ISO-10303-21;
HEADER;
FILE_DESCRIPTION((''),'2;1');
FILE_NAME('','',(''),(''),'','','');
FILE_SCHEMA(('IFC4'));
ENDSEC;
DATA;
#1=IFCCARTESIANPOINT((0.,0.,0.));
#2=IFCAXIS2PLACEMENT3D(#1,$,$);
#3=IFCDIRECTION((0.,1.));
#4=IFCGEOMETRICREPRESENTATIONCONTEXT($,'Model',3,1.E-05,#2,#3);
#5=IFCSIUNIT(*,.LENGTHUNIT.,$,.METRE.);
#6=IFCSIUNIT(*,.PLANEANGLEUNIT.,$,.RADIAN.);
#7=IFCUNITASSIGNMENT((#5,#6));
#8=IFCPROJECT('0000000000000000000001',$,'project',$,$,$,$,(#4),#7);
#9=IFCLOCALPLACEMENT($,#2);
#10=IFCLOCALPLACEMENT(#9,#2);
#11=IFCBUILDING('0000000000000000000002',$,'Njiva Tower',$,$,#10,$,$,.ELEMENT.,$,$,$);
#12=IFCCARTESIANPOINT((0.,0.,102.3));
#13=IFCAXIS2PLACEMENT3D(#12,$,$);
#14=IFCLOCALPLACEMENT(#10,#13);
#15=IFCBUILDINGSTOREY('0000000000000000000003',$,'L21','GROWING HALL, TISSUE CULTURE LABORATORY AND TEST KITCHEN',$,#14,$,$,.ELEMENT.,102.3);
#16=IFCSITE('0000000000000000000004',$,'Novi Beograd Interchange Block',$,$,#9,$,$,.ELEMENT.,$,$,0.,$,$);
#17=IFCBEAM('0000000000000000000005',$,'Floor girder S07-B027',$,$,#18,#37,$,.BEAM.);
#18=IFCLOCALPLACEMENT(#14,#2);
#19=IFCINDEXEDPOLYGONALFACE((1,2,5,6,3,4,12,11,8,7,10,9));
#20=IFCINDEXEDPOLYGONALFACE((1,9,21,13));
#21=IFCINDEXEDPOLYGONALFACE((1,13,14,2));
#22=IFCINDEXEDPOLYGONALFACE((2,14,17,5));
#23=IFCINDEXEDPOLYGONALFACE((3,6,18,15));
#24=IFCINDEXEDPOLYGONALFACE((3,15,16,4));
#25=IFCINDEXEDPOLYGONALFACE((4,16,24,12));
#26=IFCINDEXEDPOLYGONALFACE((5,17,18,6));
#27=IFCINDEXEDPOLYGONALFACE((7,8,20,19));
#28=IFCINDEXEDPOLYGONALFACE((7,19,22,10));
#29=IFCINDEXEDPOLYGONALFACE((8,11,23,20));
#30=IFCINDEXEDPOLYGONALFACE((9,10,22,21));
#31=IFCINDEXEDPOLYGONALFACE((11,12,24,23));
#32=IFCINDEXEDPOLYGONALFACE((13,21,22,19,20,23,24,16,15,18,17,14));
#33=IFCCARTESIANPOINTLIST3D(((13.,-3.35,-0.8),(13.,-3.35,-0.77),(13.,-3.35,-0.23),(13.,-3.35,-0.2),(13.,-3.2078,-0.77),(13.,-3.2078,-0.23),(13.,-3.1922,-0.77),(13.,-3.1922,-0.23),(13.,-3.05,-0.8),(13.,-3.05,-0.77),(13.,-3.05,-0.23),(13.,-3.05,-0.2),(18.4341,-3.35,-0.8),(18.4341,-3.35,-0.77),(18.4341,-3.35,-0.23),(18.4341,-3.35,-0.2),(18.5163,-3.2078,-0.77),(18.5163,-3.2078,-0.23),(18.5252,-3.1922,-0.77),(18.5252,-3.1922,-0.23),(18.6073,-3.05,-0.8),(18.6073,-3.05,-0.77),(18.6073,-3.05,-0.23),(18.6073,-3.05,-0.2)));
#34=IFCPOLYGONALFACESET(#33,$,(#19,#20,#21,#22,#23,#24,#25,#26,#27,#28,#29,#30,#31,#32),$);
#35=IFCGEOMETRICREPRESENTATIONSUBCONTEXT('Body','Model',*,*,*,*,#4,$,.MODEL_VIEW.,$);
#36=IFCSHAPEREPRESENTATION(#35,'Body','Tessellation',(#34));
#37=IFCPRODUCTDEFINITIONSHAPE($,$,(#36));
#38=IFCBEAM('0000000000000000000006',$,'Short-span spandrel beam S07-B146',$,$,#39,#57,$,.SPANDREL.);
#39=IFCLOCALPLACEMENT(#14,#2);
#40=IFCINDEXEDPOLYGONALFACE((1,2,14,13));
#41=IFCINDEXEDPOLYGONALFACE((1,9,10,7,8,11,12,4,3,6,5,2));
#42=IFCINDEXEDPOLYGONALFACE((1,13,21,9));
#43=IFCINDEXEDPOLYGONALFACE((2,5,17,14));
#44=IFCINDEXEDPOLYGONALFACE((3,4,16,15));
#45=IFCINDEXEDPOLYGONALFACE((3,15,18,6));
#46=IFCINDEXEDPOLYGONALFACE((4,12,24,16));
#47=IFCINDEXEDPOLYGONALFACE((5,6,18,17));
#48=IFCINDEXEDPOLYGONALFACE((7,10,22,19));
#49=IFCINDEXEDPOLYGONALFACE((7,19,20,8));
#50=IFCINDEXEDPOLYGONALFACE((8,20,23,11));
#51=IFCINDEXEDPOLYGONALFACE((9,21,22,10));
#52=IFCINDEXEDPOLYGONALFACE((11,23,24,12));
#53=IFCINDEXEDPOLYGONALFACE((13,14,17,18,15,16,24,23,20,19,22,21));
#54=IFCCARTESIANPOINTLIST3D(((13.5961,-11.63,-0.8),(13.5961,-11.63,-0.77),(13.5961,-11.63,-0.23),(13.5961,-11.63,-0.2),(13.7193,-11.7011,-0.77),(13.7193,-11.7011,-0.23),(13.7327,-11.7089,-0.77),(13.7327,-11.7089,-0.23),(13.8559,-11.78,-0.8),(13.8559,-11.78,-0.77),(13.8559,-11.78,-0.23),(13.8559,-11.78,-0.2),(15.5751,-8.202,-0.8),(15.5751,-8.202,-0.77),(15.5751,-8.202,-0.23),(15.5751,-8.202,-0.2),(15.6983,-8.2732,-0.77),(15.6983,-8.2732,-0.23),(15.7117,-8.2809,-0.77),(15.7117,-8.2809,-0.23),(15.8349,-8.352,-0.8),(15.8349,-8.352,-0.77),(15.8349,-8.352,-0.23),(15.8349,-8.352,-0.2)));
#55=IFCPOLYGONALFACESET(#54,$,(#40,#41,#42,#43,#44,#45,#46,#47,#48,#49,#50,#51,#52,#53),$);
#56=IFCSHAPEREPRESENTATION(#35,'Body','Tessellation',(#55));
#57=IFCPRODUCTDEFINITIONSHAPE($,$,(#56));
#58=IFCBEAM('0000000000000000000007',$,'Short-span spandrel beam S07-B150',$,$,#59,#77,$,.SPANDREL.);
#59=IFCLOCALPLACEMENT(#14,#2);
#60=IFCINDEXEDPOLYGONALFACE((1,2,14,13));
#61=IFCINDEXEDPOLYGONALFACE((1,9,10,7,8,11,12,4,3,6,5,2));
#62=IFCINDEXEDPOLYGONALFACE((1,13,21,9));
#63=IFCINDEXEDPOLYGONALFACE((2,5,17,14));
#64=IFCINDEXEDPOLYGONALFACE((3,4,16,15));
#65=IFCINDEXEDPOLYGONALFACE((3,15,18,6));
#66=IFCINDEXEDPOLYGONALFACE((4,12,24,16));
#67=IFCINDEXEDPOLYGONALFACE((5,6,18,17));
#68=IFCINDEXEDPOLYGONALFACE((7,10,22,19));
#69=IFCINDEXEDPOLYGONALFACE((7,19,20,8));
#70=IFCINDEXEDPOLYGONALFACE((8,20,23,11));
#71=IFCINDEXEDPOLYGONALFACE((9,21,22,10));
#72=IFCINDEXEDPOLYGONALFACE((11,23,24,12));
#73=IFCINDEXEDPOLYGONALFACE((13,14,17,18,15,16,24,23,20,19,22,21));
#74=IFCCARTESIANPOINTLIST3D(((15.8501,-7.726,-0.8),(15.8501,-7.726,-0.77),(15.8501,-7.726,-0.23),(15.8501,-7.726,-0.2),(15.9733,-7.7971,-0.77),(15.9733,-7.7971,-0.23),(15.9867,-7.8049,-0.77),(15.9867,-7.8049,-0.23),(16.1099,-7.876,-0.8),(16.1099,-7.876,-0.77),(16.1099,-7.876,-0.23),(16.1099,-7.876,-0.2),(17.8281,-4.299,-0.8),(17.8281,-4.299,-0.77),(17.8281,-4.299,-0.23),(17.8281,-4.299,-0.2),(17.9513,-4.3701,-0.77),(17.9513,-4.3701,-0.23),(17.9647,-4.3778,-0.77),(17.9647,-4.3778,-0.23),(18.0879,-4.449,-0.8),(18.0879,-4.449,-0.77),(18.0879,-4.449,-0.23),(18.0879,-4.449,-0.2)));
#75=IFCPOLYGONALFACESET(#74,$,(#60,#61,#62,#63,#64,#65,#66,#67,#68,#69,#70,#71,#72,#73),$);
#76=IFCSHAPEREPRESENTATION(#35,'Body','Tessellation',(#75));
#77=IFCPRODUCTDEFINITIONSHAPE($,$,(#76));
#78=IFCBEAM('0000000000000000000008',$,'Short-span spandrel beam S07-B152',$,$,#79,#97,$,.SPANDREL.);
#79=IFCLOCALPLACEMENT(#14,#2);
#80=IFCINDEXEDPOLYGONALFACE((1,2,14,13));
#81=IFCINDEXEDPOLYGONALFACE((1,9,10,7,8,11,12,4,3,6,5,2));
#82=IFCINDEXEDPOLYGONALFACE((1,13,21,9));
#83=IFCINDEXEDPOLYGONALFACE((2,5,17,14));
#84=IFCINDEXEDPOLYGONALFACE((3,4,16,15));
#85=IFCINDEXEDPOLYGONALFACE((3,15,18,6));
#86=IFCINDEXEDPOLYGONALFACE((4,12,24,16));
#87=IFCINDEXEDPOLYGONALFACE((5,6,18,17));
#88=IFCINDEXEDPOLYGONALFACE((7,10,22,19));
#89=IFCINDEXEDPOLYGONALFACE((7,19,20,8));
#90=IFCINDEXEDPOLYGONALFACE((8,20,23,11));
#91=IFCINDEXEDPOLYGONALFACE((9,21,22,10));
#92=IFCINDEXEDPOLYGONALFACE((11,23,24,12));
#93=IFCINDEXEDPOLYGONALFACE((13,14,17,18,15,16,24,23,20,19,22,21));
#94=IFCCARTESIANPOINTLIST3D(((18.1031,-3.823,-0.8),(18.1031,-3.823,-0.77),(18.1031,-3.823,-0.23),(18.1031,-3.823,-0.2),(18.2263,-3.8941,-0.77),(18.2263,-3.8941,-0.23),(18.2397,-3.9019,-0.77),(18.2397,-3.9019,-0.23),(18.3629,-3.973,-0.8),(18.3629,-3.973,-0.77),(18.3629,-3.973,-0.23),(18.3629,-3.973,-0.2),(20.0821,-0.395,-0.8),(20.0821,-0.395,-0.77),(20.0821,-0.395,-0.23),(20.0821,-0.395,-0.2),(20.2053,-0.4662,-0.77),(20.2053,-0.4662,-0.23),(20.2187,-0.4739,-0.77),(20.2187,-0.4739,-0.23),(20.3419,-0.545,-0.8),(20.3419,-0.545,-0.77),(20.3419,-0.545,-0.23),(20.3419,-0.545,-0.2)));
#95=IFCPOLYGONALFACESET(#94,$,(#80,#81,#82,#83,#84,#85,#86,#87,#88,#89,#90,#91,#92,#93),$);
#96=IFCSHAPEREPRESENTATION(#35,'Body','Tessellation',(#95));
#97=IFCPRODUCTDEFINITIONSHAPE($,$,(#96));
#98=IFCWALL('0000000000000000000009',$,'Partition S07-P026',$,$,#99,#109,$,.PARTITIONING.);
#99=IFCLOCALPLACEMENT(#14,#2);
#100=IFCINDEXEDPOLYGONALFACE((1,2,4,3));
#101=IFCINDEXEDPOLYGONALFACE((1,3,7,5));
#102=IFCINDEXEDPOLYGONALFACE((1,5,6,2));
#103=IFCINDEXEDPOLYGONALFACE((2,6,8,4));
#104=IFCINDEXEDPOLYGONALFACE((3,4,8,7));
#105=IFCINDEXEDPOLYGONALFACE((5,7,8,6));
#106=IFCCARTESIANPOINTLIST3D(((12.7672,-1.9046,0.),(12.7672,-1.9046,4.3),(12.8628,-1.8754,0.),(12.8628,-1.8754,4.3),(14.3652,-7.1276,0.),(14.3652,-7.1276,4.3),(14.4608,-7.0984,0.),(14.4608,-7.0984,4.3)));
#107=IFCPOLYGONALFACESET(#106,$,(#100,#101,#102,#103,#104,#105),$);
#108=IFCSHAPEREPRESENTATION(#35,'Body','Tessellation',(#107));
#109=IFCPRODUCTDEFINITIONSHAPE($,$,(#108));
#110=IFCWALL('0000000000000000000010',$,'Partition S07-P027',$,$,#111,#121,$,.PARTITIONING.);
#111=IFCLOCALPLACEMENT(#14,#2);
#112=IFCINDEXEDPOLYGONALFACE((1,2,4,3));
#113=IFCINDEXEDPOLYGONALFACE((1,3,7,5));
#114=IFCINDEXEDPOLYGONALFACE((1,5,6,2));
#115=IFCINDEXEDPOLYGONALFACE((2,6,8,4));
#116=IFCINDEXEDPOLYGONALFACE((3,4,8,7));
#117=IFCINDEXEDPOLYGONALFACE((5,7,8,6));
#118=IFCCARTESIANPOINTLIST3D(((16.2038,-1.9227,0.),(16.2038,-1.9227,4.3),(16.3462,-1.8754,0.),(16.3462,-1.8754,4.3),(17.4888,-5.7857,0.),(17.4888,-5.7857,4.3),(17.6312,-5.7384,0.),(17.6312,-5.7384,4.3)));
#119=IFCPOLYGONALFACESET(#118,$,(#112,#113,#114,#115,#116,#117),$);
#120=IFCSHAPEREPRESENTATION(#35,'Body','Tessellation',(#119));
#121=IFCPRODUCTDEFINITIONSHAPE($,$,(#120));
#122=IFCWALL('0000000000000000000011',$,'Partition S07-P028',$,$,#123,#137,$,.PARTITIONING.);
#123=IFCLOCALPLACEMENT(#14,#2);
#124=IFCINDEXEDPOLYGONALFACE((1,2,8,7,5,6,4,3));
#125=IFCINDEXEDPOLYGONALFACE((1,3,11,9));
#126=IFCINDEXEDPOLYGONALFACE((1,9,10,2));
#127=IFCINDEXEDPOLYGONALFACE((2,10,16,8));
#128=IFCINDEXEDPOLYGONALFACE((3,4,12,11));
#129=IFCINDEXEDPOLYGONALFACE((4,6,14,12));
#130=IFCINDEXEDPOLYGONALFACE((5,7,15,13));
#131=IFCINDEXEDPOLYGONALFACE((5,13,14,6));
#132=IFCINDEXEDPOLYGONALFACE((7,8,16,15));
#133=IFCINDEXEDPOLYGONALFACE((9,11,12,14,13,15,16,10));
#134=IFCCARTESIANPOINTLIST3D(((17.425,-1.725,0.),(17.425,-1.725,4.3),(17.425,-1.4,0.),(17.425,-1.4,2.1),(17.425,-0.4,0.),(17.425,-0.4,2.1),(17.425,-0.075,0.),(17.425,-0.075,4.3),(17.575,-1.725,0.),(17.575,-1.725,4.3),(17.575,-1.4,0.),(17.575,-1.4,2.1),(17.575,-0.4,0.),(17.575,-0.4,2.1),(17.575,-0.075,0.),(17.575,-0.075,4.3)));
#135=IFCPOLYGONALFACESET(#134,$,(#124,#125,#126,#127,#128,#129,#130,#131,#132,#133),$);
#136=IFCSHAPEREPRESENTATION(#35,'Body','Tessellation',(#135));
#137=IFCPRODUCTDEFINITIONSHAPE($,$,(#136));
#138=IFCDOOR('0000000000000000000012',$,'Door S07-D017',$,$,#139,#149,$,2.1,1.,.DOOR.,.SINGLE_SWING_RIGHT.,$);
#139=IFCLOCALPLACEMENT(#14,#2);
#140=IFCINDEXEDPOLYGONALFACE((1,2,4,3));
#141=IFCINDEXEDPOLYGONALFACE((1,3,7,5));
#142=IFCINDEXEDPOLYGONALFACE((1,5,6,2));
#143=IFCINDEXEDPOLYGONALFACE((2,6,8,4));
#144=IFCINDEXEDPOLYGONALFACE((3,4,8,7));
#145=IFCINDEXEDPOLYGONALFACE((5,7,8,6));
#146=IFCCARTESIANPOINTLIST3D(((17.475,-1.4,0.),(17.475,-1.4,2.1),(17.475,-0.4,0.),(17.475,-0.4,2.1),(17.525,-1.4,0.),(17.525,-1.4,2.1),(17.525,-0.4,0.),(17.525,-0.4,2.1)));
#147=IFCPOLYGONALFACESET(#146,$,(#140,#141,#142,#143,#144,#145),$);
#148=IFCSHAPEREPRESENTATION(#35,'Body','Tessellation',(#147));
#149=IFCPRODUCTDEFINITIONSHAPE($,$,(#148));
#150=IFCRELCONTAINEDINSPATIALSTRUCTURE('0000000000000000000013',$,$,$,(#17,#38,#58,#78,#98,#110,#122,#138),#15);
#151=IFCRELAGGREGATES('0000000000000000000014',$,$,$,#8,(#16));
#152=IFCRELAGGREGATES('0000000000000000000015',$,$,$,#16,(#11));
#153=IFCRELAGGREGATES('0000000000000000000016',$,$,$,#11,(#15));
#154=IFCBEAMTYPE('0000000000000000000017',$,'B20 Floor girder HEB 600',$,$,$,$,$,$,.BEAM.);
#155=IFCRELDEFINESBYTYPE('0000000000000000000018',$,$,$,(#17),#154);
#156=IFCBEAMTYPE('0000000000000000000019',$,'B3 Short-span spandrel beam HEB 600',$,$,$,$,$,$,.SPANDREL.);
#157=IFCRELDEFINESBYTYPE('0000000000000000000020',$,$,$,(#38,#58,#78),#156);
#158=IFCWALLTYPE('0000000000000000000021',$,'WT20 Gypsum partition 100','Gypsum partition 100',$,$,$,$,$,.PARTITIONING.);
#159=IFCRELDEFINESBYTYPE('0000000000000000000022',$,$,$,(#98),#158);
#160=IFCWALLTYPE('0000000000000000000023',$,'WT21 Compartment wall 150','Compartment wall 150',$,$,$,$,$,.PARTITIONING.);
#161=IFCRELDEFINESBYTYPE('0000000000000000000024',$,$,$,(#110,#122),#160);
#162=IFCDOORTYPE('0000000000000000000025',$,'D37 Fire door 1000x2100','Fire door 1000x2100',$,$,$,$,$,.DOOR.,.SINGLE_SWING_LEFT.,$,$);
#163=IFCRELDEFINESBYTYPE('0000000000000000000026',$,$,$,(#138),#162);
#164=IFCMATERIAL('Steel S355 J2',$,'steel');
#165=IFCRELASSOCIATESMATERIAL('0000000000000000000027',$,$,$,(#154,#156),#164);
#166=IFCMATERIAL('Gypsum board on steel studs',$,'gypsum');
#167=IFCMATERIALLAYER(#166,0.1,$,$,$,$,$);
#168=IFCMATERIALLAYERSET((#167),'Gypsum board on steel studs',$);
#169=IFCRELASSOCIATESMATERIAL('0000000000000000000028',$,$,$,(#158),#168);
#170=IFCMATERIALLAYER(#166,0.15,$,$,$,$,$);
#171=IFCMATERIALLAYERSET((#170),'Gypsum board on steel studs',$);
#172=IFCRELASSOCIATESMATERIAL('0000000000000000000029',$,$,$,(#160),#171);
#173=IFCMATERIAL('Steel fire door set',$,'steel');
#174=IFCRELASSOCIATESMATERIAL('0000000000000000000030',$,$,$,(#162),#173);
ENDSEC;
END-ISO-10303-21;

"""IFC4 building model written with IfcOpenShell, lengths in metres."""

from ifc_helpers import new_model, si_unit, direction, frame, frame_2d, origin, origin_2d, place, context, subcontext, project, spatial, rectangle, i_section, extrude, clip, halfspace, material, layer, layer_set, material_profile, profile_set, type_object, element, fill, save


model = new_model("IFC4")

# Units and contexts
model_context = context("Model", 3, precision=1e-05, world=origin(), true_north=direction((0.0, 1.0)))
body_context = subcontext(model_context, "Body", "Model", "MODEL_VIEW")
ifc_project = project(units=[si_unit("LENGTHUNIT", "METRE"), si_unit("PLANEANGLEUNIT", "RADIAN")], contexts=[model_context])

# Site, building, storey
site_placement = place(None, origin())
site = spatial("IfcSite", under=ifc_project, at=site_placement, Name="Novi Beograd Interchange Block", CompositionType="ELEMENT", RefElevation=0.0)
building_placement = place(site_placement, origin())
building = spatial("IfcBuilding", under=site, at=building_placement, Name="Njiva Tower", CompositionType="ELEMENT")
storey_placement = place(building_placement, frame((0.0, 0.0, 102.3)))
storey = spatial("IfcBuildingStorey", under=building, at=storey_placement, Name="L21", Description="GROWING HALL, TISSUE CULTURE LABORATORY AND TEST KITCHEN", CompositionType="ELEMENT", Elevation=102.3)

# Shared definitions
ifc_material_1 = material(Name="Steel S355 J2", Category="steel")

# Beams
ifc_material_profile_1 = material_profile(ifc_material_1, i_section(OverallWidth=0.3, OverallDepth=0.6, WebThickness=0.0155, FlangeThickness=0.03, at=origin_2d()), Name="HEB 600")
ifc_profile_set_1 = profile_set([ifc_material_profile_1], Name="Steel S355 J2")
beam_type_1 = type_object("IfcBeamType", Name="B20 Floor girder HEB 600", PredefinedType="BEAM", material=ifc_profile_set_1)
beam_1_placement = place(storey_placement, frame((13.0, -3.2, -0.5), z_axis=(1.0, 0.0, 0.0), x_axis=(0.0, 1.0, 0.0)))
element("IfcBeam", 1, at=beam_1_placement, inside=storey, type_object=beam_type_1, Name="Floor girder S07-B027", PredefinedType="BEAM", context=body_context, shape_type="Clipping", body=[
    clip(extrude(i_section(OverallWidth=0.3, OverallDepth=0.6, WebThickness=0.0155, FlangeThickness=0.03, at=origin_2d()), origin(), (0.0, 0.0, 1.0), 5.628), halfspace(frame((-0.025, 0.0, 5.5063), z_axis=(-0.499998, 0.0, 0.866027), x_axis=(0.0, 1.0, 0.0)), False)),
])
ifc_material_profile_2 = material_profile(ifc_material_1, i_section(OverallWidth=0.3, OverallDepth=0.6, WebThickness=0.0155, FlangeThickness=0.03, at=origin_2d()), Name="HEB 600")
ifc_profile_set_2 = profile_set([ifc_material_profile_2], Name="Steel S355 J2")
beam_type_2 = type_object("IfcBeamType", Name="B3 Short-span spandrel beam HEB 600", PredefinedType="SPANDREL", material=ifc_profile_set_2)
beam_2_placement = place(storey_placement, frame((13.726, -11.705, -0.5), z_axis=(0.49997, 0.866043, 0.0), x_axis=(-0.866043, 0.49997, 0.0)))
element("IfcBeam", 2, at=beam_2_placement, inside=storey, type_object=beam_type_2, Name="Short-span spandrel beam S07-B146", PredefinedType="SPANDREL", context=body_context, shape_type="SweptSolid", body=[
    extrude(i_section(OverallWidth=0.3, OverallDepth=0.6, WebThickness=0.0155, FlangeThickness=0.03, at=origin_2d()), origin(), (0.0, 0.0, 1.0), 3.9582),
])
beam_3_placement = place(storey_placement, frame((15.98, -7.801, -0.5), z_axis=(0.49989, 0.866089, 0.0), x_axis=(-0.866089, 0.49989, 0.0)))
element("IfcBeam", 3, at=beam_3_placement, inside=storey, type_object=beam_type_2, Name="Short-span spandrel beam S07-B150", PredefinedType="SPANDREL", context=body_context, shape_type="SweptSolid", body=[
    extrude(i_section(OverallWidth=0.3, OverallDepth=0.6, WebThickness=0.0155, FlangeThickness=0.03, at=origin_2d()), origin(), (0.0, 0.0, 1.0), 3.9569),
])
beam_4_placement = place(storey_placement, frame((18.233, -3.898, -0.5), z_axis=(0.49997, 0.866043, 0.0), x_axis=(-0.866043, 0.49997, 0.0)))
element("IfcBeam", 4, at=beam_4_placement, inside=storey, type_object=beam_type_2, Name="Short-span spandrel beam S07-B152", PredefinedType="SPANDREL", context=body_context, shape_type="SweptSolid", body=[
    extrude(i_section(OverallWidth=0.3, OverallDepth=0.6, WebThickness=0.0155, FlangeThickness=0.03, at=origin_2d()), origin(), (0.0, 0.0, 1.0), 3.9582),
])

# Walls
ifc_material_2 = material(Name="Gypsum board on steel studs", Category="gypsum")
ifc_layer_1 = layer(ifc_material_2, 0.1)
ifc_layer_set_1 = layer_set([ifc_layer_1], Name="Gypsum board on steel studs")
wall_type_1 = type_object("IfcWallType", Name="WT20 Gypsum partition 100", Description="Gypsum partition 100", PredefinedType="PARTITIONING", material=ifc_layer_set_1)
wall_1_placement = place(storey_placement, frame((12.815, -1.89, 0.0), z_axis=(0.0, 0.0, 1.0), x_axis=(0.292567, -0.956245, 0.0)))
element("IfcWall", 5, at=wall_1_placement, inside=storey, type_object=wall_type_1, Name="Partition S07-P026", PredefinedType="PARTITIONING", context=body_context, shape_type="SweptSolid", body=[
    extrude(rectangle(XDim=5.462, YDim=0.1, at=frame_2d((2.731, 0.0))), origin(), (0.0, 0.0, 1.0), 4.3),
])
ifc_layer_2 = layer(ifc_material_2, 0.15)
ifc_layer_set_2 = layer_set([ifc_layer_2], Name="Gypsum board on steel studs")
wall_type_2 = type_object("IfcWallType", Name="WT21 Compartment wall 150", Description="Compartment wall 150", PredefinedType="PARTITIONING", material=ifc_layer_set_2)
wall_2_placement = place(storey_placement, frame((16.275, -1.899, 0.0), z_axis=(0.0, 0.0, 1.0), x_axis=(0.315638, -0.94888, 0.0)))
element("IfcWall", 6, at=wall_2_placement, inside=storey, type_object=wall_type_2, Name="Partition S07-P027", PredefinedType="PARTITIONING", context=body_context, shape_type="SweptSolid", body=[
    extrude(rectangle(XDim=4.0711, YDim=0.15, at=frame_2d((2.0356, 0.0))), origin(), (0.0, 0.0, 1.0), 4.3),
])

# Wall, opening, door
wall_3_placement = place(storey_placement, frame((17.5, -1.725, 0.0), z_axis=(0.0, 0.0, 1.0), x_axis=(0.0, 1.0, 0.0)))
wall_3 = element("IfcWall", 7, at=wall_3_placement, inside=storey, type_object=wall_type_2, Name="Partition S07-P028", PredefinedType="PARTITIONING", context=body_context, shape_type="SweptSolid", body=[
    extrude(rectangle(XDim=1.65, YDim=0.15, at=frame_2d((0.825, 0.0))), origin(), (0.0, 0.0, 1.0), 4.3),
])
opening_1_placement = place(wall_3_placement, frame((0.325, 0.0, 0.0)))
opening_1 = element("IfcOpeningElement", 8, at=opening_1_placement, cuts=wall_3, PredefinedType="OPENING", context=body_context, shape_type="SweptSolid", body=[
    extrude(rectangle(XDim=1.0, YDim=2.1, at=frame_2d((0.5, 1.05))), frame((0.0, 0.085, 0.0), z_axis=(0.0, -1.0, 0.0), x_axis=(1.0, 0.0, 0.0)), (0.0, 0.0, 1.0), 0.17),
])
ifc_material_3 = material(Name="Steel fire door set", Category="steel")
door_type = type_object("IfcDoorType", Name="D37 Fire door 1000x2100", Description="Fire door 1000x2100", OperationType="SINGLE_SWING_LEFT", PredefinedType="DOOR", material=ifc_material_3)
door_1_placement = place(opening_1_placement, origin())
door_1 = element("IfcDoor", 9, at=door_1_placement, inside=storey, type_object=door_type, Name="Door S07-D017", OperationType="SINGLE_SWING_RIGHT", OverallHeight=2.1, OverallWidth=1.0, PredefinedType="DOOR", context=body_context, shape_type="SweptSolid", body=[
    extrude(rectangle(XDim=1.0, YDim=2.1, at=frame_2d((0.5, 1.05))), frame((0.0, 0.025, 0.0), z_axis=(0.0, -1.0, 0.0), x_axis=(1.0, 0.0, 0.0)), (0.0, 0.0, 1.0), 0.05),
])
fill(opening_1, door_1)

save(model, "model.ifc")
